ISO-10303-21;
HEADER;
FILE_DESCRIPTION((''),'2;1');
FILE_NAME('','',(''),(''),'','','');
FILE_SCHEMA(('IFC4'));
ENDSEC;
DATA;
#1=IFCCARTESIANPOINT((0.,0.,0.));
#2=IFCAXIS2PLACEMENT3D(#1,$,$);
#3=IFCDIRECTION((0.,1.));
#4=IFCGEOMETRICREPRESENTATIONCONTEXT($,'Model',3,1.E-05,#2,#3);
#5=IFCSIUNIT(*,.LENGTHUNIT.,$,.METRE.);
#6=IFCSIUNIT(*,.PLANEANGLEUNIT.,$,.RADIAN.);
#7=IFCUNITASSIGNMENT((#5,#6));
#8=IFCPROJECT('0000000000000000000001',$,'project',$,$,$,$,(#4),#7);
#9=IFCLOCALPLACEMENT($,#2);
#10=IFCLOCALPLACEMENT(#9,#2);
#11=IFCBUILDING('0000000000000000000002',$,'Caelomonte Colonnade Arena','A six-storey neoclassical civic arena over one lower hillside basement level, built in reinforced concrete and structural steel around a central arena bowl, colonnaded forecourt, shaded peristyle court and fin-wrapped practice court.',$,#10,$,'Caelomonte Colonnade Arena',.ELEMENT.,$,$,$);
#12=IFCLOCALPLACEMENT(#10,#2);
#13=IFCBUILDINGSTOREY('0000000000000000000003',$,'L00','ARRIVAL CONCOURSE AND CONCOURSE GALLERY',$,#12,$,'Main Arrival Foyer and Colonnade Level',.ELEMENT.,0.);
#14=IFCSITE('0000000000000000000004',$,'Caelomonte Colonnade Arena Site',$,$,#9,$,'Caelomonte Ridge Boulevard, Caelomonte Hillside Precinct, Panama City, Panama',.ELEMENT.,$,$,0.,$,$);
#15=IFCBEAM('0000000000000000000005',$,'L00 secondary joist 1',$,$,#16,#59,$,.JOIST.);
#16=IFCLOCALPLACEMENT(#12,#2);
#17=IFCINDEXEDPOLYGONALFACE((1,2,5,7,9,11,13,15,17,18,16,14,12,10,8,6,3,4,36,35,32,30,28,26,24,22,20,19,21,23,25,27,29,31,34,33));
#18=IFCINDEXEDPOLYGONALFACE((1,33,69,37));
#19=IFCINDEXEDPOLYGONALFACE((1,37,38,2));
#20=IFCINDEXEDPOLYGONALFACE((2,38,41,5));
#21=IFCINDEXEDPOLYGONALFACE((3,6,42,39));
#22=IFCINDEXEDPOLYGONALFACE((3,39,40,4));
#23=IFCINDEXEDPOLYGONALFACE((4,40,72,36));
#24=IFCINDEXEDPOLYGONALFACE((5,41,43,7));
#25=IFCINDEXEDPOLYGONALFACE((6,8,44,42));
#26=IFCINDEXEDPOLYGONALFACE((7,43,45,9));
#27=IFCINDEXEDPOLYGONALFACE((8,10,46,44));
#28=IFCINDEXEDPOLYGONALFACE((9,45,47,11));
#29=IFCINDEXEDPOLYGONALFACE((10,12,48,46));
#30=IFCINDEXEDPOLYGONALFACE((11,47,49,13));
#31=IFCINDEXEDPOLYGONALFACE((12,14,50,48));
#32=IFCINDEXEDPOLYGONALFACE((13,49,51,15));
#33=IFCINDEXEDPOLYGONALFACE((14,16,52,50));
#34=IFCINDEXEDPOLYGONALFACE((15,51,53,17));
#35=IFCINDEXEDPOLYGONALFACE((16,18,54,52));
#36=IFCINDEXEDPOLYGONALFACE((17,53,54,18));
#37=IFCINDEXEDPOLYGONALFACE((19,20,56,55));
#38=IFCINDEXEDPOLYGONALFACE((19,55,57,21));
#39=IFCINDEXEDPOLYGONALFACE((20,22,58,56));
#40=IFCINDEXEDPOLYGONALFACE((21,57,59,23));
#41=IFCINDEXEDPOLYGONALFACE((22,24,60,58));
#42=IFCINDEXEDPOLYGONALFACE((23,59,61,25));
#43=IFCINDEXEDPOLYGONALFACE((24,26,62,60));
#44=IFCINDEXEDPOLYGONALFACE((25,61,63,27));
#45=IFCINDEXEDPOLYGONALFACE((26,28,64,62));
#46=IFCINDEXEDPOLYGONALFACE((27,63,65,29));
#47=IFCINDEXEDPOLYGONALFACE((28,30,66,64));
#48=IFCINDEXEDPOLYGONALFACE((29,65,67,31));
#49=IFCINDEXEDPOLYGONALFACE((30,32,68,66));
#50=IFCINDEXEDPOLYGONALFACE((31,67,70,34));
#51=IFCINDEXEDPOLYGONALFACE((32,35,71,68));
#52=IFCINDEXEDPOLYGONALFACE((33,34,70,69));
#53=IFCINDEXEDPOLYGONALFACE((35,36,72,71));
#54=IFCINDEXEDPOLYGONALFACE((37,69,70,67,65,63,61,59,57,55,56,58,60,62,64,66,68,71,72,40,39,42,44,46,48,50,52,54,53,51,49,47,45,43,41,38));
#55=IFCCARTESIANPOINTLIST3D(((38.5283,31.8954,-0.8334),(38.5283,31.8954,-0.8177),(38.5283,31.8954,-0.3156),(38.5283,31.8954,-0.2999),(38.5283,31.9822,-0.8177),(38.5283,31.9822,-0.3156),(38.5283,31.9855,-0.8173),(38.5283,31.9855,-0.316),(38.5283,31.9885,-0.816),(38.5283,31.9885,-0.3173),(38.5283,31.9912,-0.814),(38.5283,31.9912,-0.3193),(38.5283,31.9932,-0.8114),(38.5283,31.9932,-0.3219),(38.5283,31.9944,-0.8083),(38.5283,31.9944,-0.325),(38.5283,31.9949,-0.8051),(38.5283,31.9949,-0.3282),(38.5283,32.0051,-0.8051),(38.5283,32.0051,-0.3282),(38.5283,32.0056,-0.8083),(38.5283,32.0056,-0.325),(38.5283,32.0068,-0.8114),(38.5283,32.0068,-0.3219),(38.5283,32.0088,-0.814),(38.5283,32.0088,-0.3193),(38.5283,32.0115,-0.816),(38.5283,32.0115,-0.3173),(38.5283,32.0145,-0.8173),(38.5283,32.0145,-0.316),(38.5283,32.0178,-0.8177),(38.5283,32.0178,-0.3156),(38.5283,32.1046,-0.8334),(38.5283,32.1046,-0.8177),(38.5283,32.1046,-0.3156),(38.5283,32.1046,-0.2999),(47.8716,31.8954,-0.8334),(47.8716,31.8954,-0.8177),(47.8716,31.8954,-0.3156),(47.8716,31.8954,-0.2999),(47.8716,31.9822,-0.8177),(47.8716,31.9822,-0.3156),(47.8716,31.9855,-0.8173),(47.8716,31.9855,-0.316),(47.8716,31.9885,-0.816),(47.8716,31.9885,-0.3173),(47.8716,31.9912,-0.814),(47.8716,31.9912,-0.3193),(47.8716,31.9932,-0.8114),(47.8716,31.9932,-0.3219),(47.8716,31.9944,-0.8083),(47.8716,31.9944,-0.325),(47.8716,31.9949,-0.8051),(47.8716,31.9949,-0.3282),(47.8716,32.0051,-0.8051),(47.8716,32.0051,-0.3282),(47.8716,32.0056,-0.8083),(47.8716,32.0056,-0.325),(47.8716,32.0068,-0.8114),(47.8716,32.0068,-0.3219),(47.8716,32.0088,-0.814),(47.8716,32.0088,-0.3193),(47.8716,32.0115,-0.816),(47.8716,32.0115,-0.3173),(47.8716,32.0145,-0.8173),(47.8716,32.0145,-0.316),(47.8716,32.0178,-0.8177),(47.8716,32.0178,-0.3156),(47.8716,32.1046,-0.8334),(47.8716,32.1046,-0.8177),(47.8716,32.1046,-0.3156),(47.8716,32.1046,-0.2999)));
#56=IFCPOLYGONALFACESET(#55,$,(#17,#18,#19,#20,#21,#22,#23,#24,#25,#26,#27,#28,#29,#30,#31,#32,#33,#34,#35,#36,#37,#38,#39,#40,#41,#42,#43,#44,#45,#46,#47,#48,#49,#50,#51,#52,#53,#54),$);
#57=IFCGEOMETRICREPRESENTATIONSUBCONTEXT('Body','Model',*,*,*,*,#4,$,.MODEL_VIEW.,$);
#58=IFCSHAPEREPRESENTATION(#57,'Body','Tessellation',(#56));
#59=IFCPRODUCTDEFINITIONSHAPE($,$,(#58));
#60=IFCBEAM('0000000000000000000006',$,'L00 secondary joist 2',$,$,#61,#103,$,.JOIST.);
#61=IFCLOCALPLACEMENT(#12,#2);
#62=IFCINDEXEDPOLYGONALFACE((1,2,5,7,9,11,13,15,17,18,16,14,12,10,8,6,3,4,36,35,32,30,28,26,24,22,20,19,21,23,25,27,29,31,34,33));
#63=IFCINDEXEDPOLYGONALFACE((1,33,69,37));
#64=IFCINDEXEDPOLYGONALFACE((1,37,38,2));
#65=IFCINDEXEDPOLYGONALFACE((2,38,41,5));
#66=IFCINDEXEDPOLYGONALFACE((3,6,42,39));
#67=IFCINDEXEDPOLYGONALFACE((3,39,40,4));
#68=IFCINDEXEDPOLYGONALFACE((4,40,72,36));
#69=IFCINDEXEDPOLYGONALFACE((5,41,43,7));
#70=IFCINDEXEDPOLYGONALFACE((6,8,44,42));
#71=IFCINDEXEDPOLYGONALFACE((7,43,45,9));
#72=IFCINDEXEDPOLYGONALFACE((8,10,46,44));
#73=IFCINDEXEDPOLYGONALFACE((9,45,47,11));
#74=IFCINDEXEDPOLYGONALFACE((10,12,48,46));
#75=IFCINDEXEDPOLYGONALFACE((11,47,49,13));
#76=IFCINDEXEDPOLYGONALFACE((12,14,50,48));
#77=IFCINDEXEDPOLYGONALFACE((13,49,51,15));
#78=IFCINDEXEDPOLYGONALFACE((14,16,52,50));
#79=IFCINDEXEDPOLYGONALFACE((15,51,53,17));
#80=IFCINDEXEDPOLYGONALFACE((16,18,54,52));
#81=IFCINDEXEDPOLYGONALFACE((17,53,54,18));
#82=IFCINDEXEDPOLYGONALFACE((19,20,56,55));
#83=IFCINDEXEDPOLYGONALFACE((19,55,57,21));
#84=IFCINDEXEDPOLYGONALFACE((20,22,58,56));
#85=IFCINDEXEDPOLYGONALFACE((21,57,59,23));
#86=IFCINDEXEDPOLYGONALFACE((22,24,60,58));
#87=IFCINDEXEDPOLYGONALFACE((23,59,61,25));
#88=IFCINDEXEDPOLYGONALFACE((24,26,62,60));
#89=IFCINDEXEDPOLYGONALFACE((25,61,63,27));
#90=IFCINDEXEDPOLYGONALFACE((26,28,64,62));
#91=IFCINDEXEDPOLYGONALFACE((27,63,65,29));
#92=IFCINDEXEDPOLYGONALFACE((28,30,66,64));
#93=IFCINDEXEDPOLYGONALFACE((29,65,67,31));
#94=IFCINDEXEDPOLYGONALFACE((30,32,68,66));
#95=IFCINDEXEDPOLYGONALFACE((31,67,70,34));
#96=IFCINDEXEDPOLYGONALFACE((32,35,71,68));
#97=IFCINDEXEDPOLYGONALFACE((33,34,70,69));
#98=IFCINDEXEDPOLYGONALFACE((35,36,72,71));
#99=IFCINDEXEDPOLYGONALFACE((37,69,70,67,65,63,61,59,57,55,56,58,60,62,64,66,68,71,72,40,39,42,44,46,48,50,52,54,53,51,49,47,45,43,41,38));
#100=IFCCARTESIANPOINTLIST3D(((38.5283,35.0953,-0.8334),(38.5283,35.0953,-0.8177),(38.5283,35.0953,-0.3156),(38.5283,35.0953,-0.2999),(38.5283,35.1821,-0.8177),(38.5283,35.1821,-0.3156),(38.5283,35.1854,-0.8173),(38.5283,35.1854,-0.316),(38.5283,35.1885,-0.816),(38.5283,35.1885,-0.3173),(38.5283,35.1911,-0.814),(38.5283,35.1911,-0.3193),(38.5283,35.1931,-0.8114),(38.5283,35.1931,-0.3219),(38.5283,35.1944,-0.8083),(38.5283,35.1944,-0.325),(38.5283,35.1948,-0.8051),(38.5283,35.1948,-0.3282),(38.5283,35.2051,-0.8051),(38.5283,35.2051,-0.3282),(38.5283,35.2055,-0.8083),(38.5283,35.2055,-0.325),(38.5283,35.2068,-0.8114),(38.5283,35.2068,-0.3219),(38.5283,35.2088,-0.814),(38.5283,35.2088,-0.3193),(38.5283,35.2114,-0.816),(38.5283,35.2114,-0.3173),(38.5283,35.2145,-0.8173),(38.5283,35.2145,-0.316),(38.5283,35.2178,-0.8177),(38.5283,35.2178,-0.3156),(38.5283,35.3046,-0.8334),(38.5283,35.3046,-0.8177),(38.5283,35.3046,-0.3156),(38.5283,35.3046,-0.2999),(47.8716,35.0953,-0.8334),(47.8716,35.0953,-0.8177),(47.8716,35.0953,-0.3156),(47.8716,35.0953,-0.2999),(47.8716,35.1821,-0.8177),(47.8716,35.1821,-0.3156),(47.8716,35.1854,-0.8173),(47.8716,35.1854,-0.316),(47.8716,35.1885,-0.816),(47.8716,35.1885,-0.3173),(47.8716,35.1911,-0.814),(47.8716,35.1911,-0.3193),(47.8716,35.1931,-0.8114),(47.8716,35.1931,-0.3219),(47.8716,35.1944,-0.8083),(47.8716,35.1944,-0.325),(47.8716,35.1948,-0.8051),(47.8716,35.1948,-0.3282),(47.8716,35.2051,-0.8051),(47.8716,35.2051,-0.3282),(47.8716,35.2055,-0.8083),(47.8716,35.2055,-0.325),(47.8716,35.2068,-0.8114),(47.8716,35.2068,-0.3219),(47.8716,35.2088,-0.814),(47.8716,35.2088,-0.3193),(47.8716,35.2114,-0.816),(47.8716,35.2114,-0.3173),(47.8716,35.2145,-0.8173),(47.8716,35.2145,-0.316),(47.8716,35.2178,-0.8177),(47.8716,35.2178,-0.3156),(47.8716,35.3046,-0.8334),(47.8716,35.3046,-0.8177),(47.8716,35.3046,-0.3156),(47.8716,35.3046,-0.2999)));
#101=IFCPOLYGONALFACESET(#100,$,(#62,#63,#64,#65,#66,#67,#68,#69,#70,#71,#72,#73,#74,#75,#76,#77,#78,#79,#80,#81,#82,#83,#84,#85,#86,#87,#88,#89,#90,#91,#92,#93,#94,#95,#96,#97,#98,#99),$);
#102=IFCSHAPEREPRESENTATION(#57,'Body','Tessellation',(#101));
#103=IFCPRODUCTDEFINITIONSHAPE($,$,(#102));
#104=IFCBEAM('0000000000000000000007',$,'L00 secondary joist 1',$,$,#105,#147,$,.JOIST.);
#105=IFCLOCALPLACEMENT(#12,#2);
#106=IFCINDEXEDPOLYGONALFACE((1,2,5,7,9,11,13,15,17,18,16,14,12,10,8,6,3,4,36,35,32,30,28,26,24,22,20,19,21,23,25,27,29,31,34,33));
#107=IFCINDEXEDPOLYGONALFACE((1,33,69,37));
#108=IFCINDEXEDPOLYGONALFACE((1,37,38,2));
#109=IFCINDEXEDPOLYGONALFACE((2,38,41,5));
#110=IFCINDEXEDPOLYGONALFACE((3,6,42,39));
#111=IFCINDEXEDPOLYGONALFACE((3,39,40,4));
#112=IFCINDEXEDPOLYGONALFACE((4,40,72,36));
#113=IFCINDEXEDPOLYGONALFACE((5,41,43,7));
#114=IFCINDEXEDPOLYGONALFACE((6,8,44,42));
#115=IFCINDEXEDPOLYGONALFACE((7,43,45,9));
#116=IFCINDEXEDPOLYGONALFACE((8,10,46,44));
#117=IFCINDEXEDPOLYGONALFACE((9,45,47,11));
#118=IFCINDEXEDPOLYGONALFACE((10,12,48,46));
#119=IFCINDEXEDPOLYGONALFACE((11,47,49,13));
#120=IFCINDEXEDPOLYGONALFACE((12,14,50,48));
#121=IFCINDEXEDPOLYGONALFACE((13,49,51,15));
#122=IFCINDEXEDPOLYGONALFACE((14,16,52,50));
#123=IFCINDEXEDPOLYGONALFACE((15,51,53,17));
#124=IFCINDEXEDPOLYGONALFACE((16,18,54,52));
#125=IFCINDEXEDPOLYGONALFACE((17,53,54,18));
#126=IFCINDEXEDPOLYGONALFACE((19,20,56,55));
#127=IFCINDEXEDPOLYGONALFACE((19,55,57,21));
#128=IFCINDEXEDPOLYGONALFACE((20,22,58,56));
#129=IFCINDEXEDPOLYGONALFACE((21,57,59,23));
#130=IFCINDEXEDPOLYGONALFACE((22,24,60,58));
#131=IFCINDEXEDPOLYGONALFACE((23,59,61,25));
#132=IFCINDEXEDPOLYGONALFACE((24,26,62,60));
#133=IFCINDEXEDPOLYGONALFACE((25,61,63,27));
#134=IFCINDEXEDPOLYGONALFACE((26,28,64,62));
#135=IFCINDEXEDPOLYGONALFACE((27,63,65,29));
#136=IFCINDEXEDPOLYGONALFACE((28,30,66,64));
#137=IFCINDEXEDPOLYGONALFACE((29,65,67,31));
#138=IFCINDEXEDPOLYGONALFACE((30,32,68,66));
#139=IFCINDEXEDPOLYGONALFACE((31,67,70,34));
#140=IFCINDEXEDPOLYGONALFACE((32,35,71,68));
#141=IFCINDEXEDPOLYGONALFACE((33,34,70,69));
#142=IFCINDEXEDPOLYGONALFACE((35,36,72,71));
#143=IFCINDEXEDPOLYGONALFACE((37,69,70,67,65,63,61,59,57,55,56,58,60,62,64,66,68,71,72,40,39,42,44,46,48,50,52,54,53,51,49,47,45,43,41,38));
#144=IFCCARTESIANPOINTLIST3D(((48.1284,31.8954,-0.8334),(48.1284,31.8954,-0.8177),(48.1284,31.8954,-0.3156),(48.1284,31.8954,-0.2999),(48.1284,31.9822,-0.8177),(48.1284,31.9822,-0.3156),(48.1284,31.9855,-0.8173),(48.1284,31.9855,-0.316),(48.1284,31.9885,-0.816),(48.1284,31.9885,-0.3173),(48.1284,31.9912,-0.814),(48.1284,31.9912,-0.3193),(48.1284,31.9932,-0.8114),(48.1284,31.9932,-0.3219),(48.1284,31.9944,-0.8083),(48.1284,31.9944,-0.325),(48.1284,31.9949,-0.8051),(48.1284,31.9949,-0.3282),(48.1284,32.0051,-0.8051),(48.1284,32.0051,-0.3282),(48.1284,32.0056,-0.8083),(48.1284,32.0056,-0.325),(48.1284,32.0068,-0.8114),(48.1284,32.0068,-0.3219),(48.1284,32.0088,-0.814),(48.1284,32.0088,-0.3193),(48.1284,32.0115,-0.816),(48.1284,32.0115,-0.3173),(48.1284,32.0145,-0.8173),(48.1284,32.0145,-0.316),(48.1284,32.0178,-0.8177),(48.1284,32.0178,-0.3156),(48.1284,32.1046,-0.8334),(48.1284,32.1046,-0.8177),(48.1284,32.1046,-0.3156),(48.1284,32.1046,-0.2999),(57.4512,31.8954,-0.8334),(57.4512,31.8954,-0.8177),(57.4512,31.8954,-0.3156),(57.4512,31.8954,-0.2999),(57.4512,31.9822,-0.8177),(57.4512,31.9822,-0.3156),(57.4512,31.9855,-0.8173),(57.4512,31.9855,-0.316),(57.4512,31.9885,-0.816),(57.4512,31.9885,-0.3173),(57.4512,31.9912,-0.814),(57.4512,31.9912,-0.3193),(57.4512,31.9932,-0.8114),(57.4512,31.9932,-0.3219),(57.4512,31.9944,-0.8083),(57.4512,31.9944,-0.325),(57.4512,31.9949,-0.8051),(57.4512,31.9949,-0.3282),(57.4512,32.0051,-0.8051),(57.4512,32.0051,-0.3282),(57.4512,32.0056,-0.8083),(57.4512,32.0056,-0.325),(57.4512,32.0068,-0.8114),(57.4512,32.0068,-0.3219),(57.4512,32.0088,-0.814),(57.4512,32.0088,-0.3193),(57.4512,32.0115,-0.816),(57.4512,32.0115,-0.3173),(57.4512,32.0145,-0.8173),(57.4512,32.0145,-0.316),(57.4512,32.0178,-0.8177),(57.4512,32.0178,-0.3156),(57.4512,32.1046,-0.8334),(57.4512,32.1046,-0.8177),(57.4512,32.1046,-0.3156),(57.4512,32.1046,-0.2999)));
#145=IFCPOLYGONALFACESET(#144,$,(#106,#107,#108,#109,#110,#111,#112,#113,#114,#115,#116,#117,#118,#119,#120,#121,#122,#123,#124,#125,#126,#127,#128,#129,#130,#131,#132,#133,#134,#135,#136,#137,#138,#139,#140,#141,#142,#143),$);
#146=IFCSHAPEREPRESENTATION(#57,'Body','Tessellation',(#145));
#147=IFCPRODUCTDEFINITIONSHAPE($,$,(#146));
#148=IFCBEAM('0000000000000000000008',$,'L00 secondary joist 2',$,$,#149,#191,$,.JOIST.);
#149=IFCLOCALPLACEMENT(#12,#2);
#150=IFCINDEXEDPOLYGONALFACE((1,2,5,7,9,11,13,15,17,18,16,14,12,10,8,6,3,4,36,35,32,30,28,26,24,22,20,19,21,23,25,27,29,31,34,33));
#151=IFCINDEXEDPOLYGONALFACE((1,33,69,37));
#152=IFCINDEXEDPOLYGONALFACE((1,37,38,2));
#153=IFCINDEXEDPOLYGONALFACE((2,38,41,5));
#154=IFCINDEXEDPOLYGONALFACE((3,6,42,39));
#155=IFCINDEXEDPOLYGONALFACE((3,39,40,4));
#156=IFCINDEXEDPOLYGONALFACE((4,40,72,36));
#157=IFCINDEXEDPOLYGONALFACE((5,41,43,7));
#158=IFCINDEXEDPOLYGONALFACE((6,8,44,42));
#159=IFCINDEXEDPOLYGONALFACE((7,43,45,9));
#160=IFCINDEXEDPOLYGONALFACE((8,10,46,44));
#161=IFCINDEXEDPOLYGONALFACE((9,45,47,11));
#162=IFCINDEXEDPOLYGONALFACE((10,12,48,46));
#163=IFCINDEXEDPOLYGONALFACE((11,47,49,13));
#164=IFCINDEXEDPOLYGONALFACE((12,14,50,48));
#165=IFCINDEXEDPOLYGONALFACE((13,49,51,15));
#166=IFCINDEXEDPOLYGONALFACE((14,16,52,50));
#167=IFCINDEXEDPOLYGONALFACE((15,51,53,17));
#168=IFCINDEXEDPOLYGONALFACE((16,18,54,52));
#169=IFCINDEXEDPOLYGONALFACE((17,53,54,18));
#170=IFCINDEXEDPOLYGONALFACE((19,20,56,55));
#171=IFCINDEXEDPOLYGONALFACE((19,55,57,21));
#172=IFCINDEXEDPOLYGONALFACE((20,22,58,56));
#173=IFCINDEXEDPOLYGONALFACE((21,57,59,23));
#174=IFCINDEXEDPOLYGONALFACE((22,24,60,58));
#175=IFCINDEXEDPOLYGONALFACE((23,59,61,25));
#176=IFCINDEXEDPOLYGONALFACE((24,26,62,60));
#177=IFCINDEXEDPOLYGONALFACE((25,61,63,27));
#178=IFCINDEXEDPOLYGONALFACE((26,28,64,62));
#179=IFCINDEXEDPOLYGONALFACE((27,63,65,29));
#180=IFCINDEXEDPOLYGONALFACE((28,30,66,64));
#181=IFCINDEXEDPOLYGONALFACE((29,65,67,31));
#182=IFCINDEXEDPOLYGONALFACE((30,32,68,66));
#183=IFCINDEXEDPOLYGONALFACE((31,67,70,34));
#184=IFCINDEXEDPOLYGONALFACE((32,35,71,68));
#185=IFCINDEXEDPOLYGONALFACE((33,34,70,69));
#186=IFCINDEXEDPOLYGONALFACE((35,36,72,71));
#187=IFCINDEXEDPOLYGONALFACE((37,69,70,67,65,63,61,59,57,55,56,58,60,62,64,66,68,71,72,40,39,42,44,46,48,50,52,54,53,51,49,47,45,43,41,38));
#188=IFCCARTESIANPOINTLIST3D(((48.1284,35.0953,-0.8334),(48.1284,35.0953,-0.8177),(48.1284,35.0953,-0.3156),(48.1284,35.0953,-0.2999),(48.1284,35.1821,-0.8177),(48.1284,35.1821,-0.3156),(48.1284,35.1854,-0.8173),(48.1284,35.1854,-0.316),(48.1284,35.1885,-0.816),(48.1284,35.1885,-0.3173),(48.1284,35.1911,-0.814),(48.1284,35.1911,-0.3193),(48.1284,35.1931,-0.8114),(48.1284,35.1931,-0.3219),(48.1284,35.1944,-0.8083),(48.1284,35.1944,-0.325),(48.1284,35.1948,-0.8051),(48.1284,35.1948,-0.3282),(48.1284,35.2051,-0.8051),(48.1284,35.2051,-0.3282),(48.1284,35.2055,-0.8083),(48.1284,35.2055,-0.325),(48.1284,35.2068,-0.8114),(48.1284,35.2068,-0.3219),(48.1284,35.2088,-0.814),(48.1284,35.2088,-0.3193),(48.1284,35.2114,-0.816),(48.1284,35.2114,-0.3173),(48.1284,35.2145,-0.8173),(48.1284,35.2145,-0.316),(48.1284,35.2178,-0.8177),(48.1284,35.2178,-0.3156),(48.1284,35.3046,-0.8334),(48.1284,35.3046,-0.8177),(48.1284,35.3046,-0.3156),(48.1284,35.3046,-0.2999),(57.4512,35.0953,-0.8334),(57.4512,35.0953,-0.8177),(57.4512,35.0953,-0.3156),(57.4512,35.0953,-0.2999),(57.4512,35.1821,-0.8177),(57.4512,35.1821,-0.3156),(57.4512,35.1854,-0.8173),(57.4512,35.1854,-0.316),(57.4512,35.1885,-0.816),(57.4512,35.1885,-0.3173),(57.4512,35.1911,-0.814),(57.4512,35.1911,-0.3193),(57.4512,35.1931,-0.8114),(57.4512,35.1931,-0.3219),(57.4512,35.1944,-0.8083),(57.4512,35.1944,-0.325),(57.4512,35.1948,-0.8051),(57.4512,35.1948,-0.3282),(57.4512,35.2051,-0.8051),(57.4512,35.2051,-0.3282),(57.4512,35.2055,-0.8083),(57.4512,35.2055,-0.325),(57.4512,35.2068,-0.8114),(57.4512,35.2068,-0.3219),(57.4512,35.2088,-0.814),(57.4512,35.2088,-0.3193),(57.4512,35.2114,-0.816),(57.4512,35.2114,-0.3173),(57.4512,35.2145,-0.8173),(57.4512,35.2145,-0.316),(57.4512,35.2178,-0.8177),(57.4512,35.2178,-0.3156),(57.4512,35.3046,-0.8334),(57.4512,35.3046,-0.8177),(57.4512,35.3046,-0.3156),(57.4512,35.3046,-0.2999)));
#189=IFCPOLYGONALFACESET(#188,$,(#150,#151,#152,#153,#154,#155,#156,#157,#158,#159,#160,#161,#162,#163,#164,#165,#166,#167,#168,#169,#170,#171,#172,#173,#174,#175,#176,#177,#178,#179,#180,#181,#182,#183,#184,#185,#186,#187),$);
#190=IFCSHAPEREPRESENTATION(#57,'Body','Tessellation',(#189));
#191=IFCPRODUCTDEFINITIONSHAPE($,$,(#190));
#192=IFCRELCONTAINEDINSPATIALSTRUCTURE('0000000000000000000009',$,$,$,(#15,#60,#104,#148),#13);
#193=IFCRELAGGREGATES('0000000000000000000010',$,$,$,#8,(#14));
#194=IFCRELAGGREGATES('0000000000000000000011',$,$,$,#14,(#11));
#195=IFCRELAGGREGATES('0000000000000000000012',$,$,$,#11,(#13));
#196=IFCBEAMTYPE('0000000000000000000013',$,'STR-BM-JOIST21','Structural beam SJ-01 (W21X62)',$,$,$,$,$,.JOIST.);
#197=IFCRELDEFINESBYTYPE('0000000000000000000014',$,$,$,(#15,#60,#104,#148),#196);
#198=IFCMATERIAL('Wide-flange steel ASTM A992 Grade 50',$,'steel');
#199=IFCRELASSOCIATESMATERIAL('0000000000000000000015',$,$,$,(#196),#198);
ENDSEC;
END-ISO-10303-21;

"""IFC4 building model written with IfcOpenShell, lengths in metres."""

from ifc_helpers import new_model, si_unit, direction, frame, origin, origin_2d, place, context, subcontext, project, spatial, i_section, extrude, material, material_profile, profile_set, type_object, element, save


model = new_model("IFC4")

# Units and contexts
model_context = context("Model", 3, precision=1e-05, world=origin(), true_north=direction((0.0, 1.0)))
body_context = subcontext(model_context, "Body", "Model", "MODEL_VIEW")
ifc_project = project(units=[si_unit("LENGTHUNIT", "METRE"), si_unit("PLANEANGLEUNIT", "RADIAN")], contexts=[model_context])

# Site, building, storey
site_placement = place(None, origin())
site = spatial("IfcSite", under=ifc_project, at=site_placement, Name="Caelomonte Colonnade Arena Site", LongName="Caelomonte Ridge Boulevard, Caelomonte Hillside Precinct, Panama City, Panama", CompositionType="ELEMENT", RefElevation=0.0)
building_placement = place(site_placement, origin())
building = spatial("IfcBuilding", under=site, at=building_placement, Name="Caelomonte Colonnade Arena", Description="A six-storey neoclassical civic arena over one lower hillside basement level, built in reinforced concrete and structural steel around a central arena bowl, colonnaded forecourt, shaded peristyle court and fin-wrapped practice court.", LongName="Caelomonte Colonnade Arena", CompositionType="ELEMENT")
storey_placement = place(building_placement, origin())
storey = spatial("IfcBuildingStorey", under=building, at=storey_placement, Name="L00", Description="ARRIVAL CONCOURSE AND CONCOURSE GALLERY", LongName="Main Arrival Foyer and Colonnade Level", CompositionType="ELEMENT", Elevation=0.0)

# Shared definitions
ifc_material_1 = material(Name="Wide-flange steel ASTM A992 Grade 50", Category="steel")

# Beams
ifc_material_profile_1 = material_profile(ifc_material_1, i_section(OverallWidth=0.2092, OverallDepth=0.5334, WebThickness=0.0103, FlangeThickness=0.0156, FilletRadius=0.0127, at=origin_2d()), Name="W21X62")
ifc_profile_set_1 = profile_set([ifc_material_profile_1], Name="Wide-flange steel ASTM A992 Grade 50")
beam_type_1 = type_object("IfcBeamType", Name="STR-BM-JOIST21", Description="Structural beam SJ-01 (W21X62)", PredefinedType="JOIST", material=ifc_profile_set_1)
for number, where, z_axis, x_axis, name in (
    (1, (38.5283, 32.0, -0.5667), (1.0, 0.0, 0.0), (0.0, 1.0, 0.0), "L00 secondary joist 1"),
    (2, (38.5283, 35.2, -0.5667), (1.0, 0.0, 0.0), (0.0, 1.0, 0.0), "L00 secondary joist 2"),
):
    element("IfcBeam", number, at=place(storey_placement, frame(where, z_axis=z_axis, x_axis=x_axis)), inside=storey, type_object=beam_type_1, Name=name, PredefinedType="JOIST", context=body_context, shape_type="SweptSolid", body=[
        extrude(i_section(OverallWidth=0.2092, OverallDepth=0.5334, WebThickness=0.0103, FlangeThickness=0.0156, FilletRadius=0.0127, at=origin_2d()), origin(), (0.0, 0.0, 1.0), 9.3433),
    ])
for number, where, z_axis, x_axis, name in (
    (3, (48.1284, 32.0, -0.5667), (1.0, 0.0, 0.0), (0.0, 1.0, 0.0), "L00 secondary joist 1"),
    (4, (48.1284, 35.2, -0.5667), (1.0, 0.0, 0.0), (0.0, 1.0, 0.0), "L00 secondary joist 2"),
):
    element("IfcBeam", number, at=place(storey_placement, frame(where, z_axis=z_axis, x_axis=x_axis)), inside=storey, type_object=beam_type_1, Name=name, PredefinedType="JOIST", context=body_context, shape_type="SweptSolid", body=[
        extrude(i_section(OverallWidth=0.2092, OverallDepth=0.5334, WebThickness=0.0103, FlangeThickness=0.0156, FilletRadius=0.0127, at=origin_2d()), origin(), (0.0, 0.0, 1.0), 9.3228),
    ])

save(model, "model.ifc")
